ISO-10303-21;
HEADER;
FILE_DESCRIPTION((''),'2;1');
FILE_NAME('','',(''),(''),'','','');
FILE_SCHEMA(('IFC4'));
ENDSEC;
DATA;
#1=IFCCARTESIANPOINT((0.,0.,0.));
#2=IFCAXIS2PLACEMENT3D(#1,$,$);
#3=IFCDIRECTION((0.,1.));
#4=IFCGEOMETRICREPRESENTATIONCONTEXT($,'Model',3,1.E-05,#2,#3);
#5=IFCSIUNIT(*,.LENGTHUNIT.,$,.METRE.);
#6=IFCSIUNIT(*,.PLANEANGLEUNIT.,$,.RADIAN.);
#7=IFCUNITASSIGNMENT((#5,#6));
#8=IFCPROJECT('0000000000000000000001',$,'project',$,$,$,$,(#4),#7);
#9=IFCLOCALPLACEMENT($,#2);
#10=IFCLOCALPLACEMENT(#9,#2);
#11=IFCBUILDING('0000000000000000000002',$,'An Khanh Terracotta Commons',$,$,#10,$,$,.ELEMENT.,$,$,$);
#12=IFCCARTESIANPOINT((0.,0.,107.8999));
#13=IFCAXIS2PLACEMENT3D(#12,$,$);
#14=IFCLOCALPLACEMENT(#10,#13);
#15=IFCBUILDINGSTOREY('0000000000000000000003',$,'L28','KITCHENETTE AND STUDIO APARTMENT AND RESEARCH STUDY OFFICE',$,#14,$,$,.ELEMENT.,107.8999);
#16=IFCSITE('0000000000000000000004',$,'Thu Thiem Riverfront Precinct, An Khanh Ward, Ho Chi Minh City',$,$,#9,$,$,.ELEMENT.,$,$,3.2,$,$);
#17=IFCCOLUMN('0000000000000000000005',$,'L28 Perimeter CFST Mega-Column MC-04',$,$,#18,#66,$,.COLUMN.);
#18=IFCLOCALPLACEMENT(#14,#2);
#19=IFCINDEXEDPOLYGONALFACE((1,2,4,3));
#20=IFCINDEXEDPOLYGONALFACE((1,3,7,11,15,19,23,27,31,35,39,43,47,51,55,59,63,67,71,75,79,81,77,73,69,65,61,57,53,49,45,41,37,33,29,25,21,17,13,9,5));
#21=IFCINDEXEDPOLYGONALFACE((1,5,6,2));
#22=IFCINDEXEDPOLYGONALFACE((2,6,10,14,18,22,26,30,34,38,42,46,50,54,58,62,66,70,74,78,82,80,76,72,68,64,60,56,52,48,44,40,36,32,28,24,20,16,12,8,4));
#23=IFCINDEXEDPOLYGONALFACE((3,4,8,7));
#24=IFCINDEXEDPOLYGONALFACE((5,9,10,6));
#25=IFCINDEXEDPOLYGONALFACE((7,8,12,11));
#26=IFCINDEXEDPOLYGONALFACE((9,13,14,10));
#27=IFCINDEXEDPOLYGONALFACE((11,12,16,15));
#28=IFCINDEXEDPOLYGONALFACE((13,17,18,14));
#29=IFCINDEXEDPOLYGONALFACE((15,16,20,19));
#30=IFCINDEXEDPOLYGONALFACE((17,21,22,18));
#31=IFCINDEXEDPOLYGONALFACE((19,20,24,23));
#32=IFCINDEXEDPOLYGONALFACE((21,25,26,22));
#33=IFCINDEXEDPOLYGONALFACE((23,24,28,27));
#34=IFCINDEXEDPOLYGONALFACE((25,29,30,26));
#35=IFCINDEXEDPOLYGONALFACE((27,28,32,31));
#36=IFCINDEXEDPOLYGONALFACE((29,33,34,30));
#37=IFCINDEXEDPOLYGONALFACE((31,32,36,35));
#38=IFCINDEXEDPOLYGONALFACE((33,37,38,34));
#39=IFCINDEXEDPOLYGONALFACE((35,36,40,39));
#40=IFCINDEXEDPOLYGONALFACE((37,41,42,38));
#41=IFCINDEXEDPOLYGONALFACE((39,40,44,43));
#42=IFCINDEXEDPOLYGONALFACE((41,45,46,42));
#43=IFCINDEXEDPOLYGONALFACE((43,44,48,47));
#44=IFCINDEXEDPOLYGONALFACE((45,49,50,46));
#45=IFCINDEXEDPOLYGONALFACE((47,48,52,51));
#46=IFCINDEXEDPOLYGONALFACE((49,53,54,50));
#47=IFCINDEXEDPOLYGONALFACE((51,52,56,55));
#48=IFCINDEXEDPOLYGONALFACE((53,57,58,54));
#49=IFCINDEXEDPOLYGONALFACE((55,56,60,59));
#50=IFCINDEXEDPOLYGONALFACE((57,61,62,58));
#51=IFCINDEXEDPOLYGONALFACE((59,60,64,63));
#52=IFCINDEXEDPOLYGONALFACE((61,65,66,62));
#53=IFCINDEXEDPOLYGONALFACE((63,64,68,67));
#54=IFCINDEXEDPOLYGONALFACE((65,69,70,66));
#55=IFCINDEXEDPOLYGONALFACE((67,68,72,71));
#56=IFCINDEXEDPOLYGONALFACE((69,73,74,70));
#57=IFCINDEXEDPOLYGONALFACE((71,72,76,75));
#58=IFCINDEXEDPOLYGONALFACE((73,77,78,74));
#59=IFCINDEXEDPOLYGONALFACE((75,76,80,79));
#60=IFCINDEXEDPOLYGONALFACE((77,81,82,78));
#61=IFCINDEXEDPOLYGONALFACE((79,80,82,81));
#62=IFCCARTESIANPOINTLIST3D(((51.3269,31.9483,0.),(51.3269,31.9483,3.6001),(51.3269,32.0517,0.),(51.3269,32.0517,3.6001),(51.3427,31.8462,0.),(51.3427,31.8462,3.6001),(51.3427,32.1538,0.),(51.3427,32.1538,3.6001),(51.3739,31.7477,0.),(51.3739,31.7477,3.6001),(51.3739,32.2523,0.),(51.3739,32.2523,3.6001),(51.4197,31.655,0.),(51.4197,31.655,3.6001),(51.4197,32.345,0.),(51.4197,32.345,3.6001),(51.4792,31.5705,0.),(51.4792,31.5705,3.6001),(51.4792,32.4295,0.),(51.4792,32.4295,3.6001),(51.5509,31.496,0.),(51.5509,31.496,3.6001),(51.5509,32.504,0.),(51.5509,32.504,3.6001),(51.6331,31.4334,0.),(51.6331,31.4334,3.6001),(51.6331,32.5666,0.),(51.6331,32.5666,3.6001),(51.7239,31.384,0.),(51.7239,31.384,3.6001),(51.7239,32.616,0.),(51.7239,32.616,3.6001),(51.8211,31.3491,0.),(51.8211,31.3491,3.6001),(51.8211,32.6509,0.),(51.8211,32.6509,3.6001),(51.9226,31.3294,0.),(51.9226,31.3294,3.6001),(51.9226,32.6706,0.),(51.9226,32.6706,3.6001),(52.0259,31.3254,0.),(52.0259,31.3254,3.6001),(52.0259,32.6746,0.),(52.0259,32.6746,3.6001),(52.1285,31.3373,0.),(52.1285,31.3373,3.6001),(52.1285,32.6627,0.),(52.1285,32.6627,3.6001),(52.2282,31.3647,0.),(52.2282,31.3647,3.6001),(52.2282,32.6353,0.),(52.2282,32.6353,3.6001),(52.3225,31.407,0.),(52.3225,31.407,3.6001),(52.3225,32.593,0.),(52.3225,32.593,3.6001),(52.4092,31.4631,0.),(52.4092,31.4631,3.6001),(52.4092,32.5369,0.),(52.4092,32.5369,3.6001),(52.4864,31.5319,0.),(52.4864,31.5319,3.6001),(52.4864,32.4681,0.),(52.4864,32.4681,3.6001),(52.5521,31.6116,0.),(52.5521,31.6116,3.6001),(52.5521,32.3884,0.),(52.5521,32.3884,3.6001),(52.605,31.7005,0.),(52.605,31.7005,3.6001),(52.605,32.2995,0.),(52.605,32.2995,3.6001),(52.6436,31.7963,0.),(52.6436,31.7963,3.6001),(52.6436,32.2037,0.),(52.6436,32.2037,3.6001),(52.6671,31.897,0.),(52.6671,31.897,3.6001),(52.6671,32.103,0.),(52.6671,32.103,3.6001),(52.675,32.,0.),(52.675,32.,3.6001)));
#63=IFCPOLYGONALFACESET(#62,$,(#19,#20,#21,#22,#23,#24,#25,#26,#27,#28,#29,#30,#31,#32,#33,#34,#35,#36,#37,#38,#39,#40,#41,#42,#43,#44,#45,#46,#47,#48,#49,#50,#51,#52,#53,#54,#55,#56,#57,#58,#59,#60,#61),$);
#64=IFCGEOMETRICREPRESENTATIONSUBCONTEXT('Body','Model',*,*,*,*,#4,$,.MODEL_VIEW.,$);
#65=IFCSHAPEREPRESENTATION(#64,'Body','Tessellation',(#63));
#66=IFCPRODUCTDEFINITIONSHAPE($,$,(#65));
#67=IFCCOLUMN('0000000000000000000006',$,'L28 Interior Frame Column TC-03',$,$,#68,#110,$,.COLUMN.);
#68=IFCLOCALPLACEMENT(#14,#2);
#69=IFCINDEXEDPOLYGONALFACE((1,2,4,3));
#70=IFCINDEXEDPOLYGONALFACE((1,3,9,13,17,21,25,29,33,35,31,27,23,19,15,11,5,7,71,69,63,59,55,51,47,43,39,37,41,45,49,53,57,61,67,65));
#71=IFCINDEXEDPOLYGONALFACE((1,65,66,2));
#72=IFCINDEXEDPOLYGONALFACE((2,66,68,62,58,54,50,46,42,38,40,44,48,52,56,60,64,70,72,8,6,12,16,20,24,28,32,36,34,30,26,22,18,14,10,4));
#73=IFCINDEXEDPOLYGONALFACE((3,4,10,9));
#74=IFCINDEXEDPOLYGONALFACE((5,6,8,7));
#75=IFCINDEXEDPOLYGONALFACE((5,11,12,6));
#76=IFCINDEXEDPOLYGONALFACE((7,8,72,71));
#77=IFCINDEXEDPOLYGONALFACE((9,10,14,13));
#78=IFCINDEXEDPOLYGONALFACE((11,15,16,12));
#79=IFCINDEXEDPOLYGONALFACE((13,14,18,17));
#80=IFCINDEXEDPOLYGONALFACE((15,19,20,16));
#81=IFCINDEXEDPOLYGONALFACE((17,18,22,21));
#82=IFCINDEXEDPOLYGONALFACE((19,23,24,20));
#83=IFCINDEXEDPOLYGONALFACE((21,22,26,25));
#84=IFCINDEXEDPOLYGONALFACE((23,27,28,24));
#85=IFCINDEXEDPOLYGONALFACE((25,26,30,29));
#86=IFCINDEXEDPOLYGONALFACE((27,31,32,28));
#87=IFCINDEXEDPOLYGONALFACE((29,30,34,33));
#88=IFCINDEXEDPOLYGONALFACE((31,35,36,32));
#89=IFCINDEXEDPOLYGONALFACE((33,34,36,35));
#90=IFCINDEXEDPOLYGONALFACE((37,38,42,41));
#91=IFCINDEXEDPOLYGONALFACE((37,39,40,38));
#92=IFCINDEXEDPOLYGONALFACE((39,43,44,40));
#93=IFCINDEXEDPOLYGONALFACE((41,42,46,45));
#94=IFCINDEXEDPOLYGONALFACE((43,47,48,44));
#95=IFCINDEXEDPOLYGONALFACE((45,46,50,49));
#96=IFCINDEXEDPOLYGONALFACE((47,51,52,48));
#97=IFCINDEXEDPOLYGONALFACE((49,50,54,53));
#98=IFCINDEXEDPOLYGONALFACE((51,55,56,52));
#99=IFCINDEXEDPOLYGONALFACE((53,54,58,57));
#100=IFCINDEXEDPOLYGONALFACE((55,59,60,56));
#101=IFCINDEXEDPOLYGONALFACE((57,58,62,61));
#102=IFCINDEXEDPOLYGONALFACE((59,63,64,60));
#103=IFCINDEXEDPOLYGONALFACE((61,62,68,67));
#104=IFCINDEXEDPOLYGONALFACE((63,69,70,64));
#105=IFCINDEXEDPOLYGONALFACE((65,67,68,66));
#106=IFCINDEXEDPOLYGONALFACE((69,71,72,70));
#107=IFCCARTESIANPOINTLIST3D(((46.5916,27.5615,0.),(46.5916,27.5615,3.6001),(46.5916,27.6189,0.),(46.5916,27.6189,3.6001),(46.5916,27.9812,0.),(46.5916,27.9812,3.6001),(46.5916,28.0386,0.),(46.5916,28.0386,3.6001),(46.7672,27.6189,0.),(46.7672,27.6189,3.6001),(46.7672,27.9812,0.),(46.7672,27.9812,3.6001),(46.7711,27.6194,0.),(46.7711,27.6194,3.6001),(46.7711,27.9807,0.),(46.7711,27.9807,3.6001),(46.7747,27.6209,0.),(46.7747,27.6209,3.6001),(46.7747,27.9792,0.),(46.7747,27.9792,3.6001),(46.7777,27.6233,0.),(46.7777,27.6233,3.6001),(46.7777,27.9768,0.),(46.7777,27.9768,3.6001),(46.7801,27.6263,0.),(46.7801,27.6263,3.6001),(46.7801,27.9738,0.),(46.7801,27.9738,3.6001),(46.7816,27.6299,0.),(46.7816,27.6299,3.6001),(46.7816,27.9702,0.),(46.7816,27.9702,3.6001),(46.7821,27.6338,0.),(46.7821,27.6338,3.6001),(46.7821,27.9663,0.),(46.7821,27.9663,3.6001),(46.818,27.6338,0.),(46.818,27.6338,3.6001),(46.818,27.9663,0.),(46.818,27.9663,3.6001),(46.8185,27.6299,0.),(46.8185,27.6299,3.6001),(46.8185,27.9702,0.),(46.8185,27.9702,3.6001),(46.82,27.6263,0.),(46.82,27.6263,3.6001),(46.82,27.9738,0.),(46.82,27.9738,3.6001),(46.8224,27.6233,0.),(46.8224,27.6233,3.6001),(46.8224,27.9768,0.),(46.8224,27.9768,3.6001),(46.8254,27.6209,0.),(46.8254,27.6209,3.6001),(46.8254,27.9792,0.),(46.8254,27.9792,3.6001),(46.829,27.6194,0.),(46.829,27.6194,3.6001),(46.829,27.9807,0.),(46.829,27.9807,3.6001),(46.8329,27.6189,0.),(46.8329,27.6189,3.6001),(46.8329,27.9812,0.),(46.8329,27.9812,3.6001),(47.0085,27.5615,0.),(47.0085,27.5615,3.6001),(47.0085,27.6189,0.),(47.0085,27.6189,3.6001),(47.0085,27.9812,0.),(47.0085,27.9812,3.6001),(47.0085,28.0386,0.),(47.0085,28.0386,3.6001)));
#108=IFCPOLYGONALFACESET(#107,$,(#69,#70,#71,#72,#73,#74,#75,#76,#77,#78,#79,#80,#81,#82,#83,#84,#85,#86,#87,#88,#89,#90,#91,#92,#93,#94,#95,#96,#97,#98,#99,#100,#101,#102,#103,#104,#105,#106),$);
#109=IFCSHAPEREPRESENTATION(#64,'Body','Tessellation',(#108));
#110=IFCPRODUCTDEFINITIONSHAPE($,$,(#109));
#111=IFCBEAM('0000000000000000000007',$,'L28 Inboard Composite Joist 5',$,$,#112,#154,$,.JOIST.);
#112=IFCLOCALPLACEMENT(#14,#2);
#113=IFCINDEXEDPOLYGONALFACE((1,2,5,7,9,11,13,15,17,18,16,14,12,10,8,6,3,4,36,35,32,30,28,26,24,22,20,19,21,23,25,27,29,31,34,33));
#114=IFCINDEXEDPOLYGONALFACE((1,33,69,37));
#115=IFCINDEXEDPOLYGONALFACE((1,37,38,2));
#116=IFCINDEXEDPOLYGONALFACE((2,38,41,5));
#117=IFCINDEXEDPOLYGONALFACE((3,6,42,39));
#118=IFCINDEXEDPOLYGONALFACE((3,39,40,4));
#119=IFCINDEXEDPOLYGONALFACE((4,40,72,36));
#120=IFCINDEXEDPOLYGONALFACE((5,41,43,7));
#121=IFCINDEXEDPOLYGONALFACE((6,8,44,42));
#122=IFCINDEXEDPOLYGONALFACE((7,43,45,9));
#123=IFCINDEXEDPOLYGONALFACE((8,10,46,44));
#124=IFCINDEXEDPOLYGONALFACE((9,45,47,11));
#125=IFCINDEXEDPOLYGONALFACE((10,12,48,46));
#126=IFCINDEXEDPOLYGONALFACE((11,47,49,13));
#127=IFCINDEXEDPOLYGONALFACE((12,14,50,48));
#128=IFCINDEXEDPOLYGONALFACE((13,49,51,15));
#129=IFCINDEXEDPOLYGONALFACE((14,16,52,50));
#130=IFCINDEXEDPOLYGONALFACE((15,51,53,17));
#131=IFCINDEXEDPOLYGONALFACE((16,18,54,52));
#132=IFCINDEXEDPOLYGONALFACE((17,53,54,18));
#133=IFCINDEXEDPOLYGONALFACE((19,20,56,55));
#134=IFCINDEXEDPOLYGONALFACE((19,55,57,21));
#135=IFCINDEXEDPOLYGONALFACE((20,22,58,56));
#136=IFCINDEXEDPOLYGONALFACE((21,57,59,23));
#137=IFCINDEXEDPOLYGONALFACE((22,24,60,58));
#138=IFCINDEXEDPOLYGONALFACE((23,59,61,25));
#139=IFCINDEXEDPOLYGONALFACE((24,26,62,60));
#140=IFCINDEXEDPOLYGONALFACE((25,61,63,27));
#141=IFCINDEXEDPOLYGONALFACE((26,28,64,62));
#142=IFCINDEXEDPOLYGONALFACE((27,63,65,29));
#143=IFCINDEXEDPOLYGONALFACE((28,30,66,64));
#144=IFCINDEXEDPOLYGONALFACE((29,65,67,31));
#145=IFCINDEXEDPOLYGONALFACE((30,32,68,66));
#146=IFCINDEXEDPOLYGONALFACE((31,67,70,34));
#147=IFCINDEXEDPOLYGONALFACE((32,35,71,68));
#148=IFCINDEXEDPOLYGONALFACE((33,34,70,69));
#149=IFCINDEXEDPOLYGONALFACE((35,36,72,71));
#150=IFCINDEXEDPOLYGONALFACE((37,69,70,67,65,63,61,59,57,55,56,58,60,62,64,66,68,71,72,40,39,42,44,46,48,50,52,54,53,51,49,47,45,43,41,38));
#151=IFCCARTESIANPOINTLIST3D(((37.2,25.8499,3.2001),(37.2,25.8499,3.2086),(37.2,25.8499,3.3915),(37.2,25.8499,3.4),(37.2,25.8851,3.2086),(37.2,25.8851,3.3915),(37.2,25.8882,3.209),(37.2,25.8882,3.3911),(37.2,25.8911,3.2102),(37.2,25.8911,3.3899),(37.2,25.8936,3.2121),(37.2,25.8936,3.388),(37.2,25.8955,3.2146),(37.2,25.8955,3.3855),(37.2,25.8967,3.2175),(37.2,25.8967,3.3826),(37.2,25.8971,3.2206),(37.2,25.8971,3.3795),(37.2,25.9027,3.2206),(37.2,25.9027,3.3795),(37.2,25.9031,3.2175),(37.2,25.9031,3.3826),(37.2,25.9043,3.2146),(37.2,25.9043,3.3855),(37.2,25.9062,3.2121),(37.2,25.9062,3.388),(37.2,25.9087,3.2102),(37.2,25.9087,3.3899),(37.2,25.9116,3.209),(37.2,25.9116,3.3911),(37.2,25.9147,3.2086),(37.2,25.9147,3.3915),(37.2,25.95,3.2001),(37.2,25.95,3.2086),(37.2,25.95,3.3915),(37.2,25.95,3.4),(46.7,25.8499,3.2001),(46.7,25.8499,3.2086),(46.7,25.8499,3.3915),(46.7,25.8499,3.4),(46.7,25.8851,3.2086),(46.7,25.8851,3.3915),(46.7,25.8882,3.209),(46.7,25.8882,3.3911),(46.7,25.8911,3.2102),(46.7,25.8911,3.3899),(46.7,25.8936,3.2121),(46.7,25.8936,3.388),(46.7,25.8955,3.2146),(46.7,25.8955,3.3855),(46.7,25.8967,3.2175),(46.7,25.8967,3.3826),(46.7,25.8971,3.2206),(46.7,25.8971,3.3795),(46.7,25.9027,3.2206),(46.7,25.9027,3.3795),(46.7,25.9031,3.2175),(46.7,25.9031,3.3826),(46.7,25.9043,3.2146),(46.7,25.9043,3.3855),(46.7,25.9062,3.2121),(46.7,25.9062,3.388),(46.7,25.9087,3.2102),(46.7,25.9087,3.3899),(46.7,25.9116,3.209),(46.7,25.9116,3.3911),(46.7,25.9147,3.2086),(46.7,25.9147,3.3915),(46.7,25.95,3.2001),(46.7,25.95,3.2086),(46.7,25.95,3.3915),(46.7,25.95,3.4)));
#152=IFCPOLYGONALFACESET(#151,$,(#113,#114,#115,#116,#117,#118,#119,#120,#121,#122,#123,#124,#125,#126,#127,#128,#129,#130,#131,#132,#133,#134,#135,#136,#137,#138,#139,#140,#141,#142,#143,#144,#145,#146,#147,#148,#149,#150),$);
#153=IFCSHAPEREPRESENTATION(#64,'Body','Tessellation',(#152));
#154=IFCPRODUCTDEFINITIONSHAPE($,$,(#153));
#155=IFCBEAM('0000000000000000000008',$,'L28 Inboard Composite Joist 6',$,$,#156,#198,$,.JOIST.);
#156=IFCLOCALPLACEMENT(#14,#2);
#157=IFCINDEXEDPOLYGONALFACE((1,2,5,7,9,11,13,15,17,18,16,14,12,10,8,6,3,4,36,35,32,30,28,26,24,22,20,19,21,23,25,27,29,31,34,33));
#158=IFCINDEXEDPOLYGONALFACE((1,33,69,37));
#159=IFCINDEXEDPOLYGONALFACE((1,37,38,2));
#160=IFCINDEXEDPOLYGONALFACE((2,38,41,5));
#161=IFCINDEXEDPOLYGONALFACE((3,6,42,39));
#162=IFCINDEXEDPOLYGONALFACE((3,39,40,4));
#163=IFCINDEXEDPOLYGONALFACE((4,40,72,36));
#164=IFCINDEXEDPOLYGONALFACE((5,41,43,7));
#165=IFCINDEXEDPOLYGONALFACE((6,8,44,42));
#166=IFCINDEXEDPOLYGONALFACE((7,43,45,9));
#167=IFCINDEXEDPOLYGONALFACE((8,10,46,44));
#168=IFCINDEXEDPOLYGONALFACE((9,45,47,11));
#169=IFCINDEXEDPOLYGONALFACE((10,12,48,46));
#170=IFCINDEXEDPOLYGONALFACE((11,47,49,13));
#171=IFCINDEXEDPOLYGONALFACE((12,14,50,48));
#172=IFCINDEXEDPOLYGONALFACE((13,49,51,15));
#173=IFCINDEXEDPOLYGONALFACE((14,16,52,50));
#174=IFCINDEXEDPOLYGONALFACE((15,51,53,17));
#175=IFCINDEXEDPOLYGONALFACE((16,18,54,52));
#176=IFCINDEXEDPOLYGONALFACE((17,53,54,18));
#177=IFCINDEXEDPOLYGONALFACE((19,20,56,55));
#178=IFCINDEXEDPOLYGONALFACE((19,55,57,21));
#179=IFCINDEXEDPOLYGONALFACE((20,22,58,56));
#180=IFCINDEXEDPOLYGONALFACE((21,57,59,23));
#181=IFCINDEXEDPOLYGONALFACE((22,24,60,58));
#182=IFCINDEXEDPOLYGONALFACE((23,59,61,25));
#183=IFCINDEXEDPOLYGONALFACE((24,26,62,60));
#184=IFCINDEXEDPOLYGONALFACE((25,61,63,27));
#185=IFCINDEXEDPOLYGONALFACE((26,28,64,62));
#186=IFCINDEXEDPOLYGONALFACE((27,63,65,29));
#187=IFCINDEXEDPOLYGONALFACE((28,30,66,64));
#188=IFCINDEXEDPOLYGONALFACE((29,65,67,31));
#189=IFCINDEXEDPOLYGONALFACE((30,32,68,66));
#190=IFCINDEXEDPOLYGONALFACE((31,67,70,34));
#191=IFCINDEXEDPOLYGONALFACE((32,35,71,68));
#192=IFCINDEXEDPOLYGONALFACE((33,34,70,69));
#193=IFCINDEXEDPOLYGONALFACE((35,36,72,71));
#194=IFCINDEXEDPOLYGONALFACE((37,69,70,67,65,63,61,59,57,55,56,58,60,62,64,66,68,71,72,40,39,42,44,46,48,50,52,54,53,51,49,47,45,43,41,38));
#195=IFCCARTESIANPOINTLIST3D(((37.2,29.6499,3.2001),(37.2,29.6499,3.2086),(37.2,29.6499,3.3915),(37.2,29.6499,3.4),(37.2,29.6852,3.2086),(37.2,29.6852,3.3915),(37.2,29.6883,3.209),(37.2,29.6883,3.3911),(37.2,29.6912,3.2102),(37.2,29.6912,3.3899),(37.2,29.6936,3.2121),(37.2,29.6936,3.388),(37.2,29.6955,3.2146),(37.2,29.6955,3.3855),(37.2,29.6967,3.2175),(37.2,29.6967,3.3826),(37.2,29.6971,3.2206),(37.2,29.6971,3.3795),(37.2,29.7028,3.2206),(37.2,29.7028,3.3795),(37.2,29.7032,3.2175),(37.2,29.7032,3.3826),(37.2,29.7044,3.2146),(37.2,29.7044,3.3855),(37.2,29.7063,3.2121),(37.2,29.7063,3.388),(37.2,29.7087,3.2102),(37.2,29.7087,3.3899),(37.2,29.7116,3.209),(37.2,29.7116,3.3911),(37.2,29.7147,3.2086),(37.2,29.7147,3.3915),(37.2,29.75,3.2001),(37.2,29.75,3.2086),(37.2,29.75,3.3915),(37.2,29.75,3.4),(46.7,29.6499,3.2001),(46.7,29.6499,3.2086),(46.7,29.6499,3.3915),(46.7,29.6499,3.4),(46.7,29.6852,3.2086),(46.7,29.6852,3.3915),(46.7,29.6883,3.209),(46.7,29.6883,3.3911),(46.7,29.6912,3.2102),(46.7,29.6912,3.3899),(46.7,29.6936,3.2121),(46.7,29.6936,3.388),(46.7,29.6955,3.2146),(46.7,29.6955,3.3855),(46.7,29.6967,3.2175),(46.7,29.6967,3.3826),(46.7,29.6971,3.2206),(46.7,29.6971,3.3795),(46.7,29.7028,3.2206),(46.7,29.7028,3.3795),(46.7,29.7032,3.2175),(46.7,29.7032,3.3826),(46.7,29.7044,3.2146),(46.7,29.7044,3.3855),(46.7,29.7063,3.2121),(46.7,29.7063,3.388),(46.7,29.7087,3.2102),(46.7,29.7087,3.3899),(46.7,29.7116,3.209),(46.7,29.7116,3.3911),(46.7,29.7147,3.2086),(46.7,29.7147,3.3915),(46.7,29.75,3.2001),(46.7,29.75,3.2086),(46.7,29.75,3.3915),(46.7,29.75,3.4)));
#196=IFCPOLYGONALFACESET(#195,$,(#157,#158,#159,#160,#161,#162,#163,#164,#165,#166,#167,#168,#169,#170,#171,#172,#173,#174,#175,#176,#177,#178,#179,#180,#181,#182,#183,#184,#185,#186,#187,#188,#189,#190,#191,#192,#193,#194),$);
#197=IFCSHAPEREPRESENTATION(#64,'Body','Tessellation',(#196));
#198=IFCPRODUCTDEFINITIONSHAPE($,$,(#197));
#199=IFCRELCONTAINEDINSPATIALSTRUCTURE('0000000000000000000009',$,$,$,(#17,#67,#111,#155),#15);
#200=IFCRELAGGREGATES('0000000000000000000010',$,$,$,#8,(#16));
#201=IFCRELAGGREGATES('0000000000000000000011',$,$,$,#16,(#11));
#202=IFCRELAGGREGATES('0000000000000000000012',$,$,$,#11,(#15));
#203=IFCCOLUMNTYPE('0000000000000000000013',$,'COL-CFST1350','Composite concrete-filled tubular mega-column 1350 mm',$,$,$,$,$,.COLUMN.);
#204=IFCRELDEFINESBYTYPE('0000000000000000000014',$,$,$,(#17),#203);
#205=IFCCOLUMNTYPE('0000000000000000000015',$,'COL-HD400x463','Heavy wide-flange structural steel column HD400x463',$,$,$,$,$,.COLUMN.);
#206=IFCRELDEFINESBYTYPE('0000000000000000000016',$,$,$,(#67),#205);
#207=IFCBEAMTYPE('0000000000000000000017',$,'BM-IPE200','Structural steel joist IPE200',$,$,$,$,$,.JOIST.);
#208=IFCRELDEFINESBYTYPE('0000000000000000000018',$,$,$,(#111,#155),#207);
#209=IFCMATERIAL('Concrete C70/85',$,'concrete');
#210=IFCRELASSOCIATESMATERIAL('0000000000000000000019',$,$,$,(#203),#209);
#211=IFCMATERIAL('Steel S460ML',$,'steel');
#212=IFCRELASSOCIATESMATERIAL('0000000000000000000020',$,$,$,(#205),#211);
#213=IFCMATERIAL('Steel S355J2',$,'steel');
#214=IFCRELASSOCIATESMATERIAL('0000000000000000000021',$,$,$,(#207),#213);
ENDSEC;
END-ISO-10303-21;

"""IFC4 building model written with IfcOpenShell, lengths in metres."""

from ifc_helpers import new_model, si_unit, direction, frame, origin, origin_2d, place, context, subcontext, project, spatial, circle, i_section, extrude, material, material_profile, profile_set, type_object, element, save


model = new_model("IFC4")

# Units and contexts
model_context = context("Model", 3, precision=1e-05, world=origin(), true_north=direction((0.0, 1.0)))
body_context = subcontext(model_context, "Body", "Model", "MODEL_VIEW")
ifc_project = project(units=[si_unit("LENGTHUNIT", "METRE"), si_unit("PLANEANGLEUNIT", "RADIAN")], contexts=[model_context])

# Site, building, storey
site_placement = place(None, origin())
site = spatial("IfcSite", under=ifc_project, at=site_placement, Name="Thu Thiem Riverfront Precinct, An Khanh Ward, Ho Chi Minh City", CompositionType="ELEMENT", RefElevation=3.2)
building_placement = place(site_placement, origin())
building = spatial("IfcBuilding", under=site, at=building_placement, Name="An Khanh Terracotta Commons", CompositionType="ELEMENT")
storey_placement = place(building_placement, frame((0.0, 0.0, 107.8999)))
storey = spatial("IfcBuildingStorey", under=building, at=storey_placement, Name="L28", Description="KITCHENETTE AND STUDIO APARTMENT AND RESEARCH STUDY OFFICE", CompositionType="ELEMENT", Elevation=107.8999)

# Columns
ifc_material_1 = material(Name="Concrete C70/85", Category="concrete")
ifc_material_profile_1 = material_profile(ifc_material_1, circle(Radius=0.675, at=origin_2d()), Name="CFST1350")
ifc_profile_set_1 = profile_set([ifc_material_profile_1], Name="Concrete C70/85")
column_type_1 = type_object("IfcColumnType", Name="COL-CFST1350", Description="Composite concrete-filled tubular mega-column 1350 mm", PredefinedType="COLUMN", material=ifc_profile_set_1)
column_1_placement = place(storey_placement, frame((52.0, 32.0, 0.0), z_axis=(0.0, 0.0, 1.0), x_axis=(1.0, 0.0, 0.0)))
element("IfcColumn", 1, at=column_1_placement, inside=storey, type_object=column_type_1, Name="L28 Perimeter CFST Mega-Column MC-04", PredefinedType="COLUMN", context=body_context, shape_type="SweptSolid", body=[
    extrude(circle(Radius=0.675, at=origin_2d()), origin(), (0.0, 0.0, 1.0), 3.6001),
])
ifc_material_2 = material(Name="Steel S460ML", Category="steel")
ifc_material_profile_2 = material_profile(ifc_material_2, i_section(OverallWidth=0.417, OverallDepth=0.4771, WebThickness=0.0359, FlangeThickness=0.0574, FilletRadius=0.0149, at=origin_2d()), Name="HD400x463")
ifc_profile_set_2 = profile_set([ifc_material_profile_2], Name="Steel S460ML")
column_type_2 = type_object("IfcColumnType", Name="COL-HD400x463", Description="Heavy wide-flange structural steel column HD400x463", PredefinedType="COLUMN", material=ifc_profile_set_2)
column_2_placement = place(storey_placement, frame((46.8, 27.8, 0.0), z_axis=(0.0, 0.0, 1.0), x_axis=(1.0, 0.0, 0.0)))
element("IfcColumn", 2, at=column_2_placement, inside=storey, type_object=column_type_2, Name="L28 Interior Frame Column TC-03", PredefinedType="COLUMN", context=body_context, shape_type="SweptSolid", body=[
    extrude(i_section(OverallWidth=0.417, OverallDepth=0.4771, WebThickness=0.0359, FlangeThickness=0.0574, FilletRadius=0.0149, at=origin_2d()), origin(), (0.0, 0.0, 1.0), 3.6001),
])

# Beams
ifc_material_3 = material(Name="Steel S355J2", Category="steel")
ifc_material_profile_3 = material_profile(ifc_material_3, i_section(OverallWidth=0.1001, OverallDepth=0.2, WebThickness=0.0056, FlangeThickness=0.0085, FilletRadius=0.012, at=origin_2d()), Name="IPE200")
ifc_profile_set_3 = profile_set([ifc_material_profile_3], Name="Steel S355J2")
beam_type_1 = type_object("IfcBeamType", Name="BM-IPE200", Description="Structural steel joist IPE200", PredefinedType="JOIST", material=ifc_profile_set_3)
for number, where, z_axis, x_axis, name in (
    (3, (37.2, 25.8999, 3.3), (1.0, 0.0, 0.0), (0.0, 1.0, 0.0), "L28 Inboard Composite Joist 5"),
    (4, (37.2, 29.7, 3.3), (1.0, 0.0, 0.0), (0.0, 1.0, 0.0), "L28 Inboard Composite Joist 6"),
):
    element("IfcBeam", number, at=place(storey_placement, frame(where, z_axis=z_axis, x_axis=x_axis)), inside=storey, type_object=beam_type_1, Name=name, PredefinedType="JOIST", context=body_context, shape_type="SweptSolid", body=[
        extrude(i_section(OverallWidth=0.1001, OverallDepth=0.2, WebThickness=0.0056, FlangeThickness=0.0085, FilletRadius=0.012, at=origin_2d()), origin(), (0.0, 0.0, 1.0), 9.5),
    ])

save(model, "model.ifc")
